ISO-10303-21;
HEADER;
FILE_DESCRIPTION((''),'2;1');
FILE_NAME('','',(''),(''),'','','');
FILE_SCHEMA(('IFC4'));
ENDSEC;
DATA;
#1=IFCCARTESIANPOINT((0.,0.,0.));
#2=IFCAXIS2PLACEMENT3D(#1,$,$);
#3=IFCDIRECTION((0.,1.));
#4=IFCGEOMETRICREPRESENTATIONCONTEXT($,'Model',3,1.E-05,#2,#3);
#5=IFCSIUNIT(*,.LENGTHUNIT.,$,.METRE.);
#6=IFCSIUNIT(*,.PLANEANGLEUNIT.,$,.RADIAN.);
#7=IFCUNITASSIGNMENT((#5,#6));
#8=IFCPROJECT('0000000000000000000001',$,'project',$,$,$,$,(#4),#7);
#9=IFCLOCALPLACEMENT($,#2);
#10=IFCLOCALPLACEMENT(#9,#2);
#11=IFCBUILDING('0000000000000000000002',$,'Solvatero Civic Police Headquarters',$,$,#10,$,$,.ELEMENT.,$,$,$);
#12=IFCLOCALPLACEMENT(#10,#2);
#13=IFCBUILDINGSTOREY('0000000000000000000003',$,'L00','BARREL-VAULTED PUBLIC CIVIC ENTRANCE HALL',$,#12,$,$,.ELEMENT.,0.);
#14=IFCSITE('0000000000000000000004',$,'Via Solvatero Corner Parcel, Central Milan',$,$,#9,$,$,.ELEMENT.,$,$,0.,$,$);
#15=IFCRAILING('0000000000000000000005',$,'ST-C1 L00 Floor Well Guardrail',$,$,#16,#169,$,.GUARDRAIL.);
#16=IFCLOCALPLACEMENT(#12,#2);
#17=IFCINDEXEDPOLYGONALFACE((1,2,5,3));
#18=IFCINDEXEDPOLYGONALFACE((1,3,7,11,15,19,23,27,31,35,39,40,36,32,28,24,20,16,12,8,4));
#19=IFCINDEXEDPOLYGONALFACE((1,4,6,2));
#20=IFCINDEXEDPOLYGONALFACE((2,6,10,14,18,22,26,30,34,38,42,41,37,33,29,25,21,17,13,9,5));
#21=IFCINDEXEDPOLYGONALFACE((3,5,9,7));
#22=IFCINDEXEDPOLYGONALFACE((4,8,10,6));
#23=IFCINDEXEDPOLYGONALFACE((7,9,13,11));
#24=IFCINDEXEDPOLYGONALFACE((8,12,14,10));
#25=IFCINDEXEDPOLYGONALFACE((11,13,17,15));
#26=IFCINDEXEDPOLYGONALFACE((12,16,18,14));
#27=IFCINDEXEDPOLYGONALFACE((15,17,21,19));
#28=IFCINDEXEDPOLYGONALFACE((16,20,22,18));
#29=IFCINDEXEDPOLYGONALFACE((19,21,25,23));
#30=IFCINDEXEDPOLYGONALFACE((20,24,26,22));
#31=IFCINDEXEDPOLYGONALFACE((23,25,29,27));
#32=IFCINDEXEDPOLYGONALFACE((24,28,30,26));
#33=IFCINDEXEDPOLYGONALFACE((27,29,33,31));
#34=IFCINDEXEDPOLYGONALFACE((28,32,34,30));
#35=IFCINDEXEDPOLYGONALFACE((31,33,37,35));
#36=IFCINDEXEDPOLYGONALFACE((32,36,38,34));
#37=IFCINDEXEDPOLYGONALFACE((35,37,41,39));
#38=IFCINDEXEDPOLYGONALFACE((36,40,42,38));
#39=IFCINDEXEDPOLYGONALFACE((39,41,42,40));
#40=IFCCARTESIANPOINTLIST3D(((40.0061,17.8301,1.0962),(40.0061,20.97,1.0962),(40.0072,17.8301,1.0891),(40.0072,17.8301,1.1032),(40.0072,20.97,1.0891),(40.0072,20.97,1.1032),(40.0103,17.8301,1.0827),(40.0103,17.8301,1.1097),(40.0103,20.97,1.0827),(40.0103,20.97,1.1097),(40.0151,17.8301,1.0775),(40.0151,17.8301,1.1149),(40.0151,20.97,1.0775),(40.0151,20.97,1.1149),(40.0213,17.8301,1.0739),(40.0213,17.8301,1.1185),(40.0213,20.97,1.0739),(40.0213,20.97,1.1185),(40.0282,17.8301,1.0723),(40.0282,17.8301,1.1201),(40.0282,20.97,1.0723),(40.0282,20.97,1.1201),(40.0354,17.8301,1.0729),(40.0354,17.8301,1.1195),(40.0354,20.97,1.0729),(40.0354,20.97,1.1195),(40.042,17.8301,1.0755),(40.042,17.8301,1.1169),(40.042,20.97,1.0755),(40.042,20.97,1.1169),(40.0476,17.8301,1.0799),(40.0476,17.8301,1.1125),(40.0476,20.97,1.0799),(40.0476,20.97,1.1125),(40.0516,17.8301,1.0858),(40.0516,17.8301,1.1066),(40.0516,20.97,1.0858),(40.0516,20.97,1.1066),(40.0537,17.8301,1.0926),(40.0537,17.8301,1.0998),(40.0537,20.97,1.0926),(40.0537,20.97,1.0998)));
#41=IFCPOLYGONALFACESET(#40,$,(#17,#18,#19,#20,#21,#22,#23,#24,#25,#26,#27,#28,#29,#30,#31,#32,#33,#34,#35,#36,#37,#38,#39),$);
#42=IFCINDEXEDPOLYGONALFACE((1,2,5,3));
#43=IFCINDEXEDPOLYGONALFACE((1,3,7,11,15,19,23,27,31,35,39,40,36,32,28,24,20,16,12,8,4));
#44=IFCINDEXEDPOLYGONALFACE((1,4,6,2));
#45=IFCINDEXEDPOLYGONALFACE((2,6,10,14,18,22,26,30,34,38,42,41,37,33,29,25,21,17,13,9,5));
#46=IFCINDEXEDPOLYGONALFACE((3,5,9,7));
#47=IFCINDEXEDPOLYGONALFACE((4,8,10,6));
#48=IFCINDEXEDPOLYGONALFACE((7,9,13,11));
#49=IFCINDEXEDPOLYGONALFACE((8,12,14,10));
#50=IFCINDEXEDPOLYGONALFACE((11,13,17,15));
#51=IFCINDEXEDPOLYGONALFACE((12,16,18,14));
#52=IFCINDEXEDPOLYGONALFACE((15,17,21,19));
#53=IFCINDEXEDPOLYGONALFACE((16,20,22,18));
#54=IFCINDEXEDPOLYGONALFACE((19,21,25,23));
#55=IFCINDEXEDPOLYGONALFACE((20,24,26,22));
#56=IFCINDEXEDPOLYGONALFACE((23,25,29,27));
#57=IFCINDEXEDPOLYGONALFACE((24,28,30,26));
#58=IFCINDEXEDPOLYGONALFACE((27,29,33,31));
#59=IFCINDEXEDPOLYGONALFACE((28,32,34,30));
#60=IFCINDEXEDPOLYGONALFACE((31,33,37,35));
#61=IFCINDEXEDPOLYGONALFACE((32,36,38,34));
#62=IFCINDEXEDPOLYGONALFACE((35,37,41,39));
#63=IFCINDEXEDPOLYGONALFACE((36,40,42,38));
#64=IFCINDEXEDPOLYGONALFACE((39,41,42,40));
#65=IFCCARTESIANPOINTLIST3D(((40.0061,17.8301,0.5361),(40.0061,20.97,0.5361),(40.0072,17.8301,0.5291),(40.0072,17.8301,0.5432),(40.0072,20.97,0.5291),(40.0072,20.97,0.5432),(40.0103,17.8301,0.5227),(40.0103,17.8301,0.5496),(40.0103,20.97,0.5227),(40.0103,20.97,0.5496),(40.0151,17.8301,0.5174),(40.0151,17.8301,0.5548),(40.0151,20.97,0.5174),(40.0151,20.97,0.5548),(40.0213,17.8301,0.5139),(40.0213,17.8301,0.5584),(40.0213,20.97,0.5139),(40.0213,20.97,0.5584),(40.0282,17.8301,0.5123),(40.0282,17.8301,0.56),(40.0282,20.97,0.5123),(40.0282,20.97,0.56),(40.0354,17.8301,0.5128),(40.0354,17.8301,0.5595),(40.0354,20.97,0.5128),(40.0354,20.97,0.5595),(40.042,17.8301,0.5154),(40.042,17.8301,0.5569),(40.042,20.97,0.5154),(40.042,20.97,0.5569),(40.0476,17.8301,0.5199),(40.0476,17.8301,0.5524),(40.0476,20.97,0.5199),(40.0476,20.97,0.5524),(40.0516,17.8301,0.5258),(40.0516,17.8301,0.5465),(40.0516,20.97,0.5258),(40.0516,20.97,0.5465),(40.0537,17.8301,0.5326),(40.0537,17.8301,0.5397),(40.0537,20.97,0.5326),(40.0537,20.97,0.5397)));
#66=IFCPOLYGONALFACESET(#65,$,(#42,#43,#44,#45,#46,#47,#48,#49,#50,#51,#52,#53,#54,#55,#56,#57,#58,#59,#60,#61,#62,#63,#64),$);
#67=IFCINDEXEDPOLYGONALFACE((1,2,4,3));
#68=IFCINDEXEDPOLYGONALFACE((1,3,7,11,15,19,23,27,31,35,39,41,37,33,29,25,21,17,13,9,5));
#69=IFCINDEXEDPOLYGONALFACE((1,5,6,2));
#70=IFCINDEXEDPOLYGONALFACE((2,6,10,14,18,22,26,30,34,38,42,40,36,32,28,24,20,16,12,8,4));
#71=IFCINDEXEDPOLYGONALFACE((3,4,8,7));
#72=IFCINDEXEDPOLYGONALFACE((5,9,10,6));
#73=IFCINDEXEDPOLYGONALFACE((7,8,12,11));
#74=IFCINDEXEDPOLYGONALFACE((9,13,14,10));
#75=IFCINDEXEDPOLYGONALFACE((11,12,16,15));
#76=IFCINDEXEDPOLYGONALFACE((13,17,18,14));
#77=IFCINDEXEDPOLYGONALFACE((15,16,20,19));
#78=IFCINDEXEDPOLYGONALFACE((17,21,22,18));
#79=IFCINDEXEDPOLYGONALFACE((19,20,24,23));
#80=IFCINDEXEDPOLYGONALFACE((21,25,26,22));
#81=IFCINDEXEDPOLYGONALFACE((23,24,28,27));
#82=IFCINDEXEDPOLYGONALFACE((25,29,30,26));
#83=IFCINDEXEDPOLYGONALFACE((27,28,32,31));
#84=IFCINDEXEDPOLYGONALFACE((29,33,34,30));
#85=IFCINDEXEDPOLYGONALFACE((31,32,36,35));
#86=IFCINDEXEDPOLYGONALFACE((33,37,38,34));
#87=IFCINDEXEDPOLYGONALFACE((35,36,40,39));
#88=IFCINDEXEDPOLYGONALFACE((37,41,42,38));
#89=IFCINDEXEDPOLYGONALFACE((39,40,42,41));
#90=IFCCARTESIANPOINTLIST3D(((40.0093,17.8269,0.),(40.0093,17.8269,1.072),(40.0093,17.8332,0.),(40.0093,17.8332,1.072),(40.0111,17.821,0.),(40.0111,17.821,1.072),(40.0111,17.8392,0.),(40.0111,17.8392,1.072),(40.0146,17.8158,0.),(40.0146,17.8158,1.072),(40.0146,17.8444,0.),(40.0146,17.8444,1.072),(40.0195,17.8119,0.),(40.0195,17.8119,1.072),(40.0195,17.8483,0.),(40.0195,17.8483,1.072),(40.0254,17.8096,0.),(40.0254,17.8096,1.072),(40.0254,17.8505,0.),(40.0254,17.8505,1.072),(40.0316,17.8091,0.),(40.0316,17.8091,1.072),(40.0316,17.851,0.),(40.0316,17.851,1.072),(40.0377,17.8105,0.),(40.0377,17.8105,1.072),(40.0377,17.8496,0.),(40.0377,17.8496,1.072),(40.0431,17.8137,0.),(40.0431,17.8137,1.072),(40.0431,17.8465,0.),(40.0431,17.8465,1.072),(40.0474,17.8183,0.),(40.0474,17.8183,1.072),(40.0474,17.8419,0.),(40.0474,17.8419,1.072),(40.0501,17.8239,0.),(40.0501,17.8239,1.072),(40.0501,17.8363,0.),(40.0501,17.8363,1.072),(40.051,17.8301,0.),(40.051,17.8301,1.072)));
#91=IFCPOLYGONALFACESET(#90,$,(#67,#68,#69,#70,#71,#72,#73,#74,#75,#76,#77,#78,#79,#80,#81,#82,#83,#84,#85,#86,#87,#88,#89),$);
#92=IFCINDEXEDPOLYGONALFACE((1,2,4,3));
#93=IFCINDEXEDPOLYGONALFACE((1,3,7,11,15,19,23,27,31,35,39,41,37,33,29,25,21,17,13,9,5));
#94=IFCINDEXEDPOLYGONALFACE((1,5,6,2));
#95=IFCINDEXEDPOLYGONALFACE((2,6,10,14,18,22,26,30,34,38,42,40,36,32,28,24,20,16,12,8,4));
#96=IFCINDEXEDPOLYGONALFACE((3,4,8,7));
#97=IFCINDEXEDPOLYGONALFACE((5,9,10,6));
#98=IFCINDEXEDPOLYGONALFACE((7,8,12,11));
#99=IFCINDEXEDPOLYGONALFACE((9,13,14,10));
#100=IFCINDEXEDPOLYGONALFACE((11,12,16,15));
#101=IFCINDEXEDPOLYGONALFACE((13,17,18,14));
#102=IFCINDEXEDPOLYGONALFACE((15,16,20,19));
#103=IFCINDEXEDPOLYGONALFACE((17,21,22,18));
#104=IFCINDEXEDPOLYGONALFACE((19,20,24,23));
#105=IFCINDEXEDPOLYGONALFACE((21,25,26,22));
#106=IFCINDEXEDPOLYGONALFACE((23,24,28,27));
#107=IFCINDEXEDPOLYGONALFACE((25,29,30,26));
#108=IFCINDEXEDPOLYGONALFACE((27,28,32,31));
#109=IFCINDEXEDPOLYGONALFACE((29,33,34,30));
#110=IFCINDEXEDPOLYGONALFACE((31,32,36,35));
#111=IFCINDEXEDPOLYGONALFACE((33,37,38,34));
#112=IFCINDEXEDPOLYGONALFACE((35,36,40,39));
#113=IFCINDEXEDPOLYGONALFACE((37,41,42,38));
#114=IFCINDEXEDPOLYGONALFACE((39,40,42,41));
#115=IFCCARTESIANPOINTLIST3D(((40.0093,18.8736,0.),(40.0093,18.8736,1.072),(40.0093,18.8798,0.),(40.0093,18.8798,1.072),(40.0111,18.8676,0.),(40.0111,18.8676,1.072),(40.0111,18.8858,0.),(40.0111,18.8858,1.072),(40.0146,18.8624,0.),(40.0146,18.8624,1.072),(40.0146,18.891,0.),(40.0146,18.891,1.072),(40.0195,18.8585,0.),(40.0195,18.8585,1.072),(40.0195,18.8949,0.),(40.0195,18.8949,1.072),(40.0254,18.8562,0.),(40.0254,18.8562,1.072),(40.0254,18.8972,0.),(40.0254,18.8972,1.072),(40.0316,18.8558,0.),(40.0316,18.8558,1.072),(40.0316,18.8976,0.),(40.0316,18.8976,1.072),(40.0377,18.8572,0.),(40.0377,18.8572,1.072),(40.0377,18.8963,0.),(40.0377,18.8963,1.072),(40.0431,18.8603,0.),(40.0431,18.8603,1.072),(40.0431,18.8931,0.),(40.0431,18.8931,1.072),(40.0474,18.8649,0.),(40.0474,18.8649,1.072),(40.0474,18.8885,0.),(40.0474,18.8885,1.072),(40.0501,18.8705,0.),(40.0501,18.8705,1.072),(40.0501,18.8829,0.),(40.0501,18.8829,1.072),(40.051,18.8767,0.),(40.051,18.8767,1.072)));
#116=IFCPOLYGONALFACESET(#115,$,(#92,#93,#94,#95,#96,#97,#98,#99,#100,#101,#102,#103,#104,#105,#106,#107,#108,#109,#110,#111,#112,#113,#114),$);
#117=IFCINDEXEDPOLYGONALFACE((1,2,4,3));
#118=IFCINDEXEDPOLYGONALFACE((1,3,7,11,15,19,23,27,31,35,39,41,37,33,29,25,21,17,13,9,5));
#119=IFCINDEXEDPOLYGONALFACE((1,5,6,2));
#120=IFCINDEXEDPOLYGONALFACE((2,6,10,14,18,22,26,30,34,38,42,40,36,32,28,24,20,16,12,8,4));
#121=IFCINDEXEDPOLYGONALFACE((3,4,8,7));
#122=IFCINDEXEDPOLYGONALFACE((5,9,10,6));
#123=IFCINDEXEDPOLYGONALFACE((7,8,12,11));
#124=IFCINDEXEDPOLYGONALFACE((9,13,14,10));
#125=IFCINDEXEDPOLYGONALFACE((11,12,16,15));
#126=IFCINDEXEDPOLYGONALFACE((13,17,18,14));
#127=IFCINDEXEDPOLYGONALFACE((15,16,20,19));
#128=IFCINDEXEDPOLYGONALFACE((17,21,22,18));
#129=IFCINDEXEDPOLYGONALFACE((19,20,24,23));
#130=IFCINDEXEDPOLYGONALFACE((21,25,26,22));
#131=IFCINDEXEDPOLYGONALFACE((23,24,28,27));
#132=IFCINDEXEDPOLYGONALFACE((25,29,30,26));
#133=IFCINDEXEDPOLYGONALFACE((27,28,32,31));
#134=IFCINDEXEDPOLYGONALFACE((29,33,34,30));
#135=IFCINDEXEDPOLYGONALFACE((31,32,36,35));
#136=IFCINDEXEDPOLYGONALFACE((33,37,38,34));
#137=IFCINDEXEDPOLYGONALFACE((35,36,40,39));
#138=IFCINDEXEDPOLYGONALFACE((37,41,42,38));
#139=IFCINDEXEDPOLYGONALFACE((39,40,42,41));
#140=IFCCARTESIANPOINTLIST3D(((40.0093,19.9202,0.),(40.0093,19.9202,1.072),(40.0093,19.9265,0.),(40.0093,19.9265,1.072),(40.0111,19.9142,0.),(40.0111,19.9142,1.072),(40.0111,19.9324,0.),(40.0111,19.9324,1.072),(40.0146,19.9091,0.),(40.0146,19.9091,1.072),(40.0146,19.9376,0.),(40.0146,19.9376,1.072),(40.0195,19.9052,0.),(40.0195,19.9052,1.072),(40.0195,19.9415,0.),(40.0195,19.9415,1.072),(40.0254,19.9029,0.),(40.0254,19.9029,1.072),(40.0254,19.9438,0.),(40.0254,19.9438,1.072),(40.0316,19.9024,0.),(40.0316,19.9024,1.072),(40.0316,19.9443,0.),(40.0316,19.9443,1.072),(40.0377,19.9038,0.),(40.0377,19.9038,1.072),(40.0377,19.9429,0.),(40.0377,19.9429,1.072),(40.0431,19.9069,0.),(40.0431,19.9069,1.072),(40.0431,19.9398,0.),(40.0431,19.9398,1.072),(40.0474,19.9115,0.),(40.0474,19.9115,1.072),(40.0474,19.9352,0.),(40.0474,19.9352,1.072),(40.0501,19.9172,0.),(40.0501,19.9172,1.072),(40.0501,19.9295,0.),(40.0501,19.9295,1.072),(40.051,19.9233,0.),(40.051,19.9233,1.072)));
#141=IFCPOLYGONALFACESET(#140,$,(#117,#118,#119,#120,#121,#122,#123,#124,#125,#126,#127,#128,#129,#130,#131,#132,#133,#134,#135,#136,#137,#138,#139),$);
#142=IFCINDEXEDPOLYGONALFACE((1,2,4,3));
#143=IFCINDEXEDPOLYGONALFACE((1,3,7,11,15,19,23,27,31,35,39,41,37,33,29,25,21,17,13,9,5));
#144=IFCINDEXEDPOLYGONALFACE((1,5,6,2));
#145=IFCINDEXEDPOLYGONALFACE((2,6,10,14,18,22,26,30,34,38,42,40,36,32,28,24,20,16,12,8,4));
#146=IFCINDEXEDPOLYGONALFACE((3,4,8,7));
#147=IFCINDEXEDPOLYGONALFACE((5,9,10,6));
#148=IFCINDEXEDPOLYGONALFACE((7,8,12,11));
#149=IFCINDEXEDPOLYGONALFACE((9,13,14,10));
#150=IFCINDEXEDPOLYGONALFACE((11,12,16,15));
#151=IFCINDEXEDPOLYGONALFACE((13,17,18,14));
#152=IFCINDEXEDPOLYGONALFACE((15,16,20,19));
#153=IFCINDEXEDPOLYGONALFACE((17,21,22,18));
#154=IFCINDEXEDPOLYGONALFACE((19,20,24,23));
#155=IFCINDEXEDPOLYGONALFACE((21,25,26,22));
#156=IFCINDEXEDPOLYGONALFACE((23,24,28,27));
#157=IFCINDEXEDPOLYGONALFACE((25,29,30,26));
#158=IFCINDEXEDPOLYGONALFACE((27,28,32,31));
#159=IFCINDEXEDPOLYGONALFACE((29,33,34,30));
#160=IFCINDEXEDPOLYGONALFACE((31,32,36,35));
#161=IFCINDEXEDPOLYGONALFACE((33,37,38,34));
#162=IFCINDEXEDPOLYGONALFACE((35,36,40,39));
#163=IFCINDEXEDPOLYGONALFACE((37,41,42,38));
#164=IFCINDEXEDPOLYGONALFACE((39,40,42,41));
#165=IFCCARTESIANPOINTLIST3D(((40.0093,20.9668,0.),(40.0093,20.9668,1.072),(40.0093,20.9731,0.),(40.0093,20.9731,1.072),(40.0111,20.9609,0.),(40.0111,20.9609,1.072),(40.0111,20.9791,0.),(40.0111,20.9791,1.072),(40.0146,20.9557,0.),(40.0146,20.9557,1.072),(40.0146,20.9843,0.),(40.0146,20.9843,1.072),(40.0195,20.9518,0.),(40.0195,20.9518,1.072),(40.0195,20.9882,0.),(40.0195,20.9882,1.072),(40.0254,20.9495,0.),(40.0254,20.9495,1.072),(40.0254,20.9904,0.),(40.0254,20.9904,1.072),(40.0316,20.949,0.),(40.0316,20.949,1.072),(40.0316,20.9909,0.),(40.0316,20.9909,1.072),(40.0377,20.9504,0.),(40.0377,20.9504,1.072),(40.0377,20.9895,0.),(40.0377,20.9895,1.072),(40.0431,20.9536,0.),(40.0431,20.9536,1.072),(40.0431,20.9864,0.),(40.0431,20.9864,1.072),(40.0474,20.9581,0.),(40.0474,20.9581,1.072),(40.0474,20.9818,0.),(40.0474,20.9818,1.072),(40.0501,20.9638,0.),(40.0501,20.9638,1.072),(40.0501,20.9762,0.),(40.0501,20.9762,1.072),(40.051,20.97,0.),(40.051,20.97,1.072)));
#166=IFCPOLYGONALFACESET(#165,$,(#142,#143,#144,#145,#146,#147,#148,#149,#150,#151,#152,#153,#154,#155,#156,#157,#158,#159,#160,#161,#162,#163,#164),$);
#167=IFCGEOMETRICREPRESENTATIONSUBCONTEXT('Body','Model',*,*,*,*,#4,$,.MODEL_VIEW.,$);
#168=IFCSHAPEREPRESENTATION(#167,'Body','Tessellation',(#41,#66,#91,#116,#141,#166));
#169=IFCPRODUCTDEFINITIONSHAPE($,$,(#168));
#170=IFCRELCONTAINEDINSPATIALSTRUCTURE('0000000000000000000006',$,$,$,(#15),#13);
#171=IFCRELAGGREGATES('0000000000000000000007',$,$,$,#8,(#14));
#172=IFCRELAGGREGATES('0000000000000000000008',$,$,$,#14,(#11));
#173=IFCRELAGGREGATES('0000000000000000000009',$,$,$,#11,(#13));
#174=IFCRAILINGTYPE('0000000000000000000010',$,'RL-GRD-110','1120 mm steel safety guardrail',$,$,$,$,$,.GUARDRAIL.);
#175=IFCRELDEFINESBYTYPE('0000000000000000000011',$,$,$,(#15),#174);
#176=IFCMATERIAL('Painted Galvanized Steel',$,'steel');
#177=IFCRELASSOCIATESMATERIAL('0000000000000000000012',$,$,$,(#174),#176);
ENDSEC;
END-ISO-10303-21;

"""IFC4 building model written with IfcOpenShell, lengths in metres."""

from ifc_helpers import new_model, si_unit, direction, frame, origin, origin_2d, place, context, subcontext, project, spatial, circle, extrude, material, type_object, element, save


model = new_model("IFC4")

# Units and contexts
model_context = context("Model", 3, precision=1e-05, world=origin(), true_north=direction((0.0, 1.0)))
body_context = subcontext(model_context, "Body", "Model", "MODEL_VIEW")
ifc_project = project(units=[si_unit("LENGTHUNIT", "METRE"), si_unit("PLANEANGLEUNIT", "RADIAN")], contexts=[model_context])

# Site, building, storey
site_placement = place(None, origin())
site = spatial("IfcSite", under=ifc_project, at=site_placement, Name="Via Solvatero Corner Parcel, Central Milan", CompositionType="ELEMENT", RefElevation=0.0)
building_placement = place(site_placement, origin())
building = spatial("IfcBuilding", under=site, at=building_placement, Name="Solvatero Civic Police Headquarters", CompositionType="ELEMENT")
storey_placement = place(building_placement, origin())
storey = spatial("IfcBuildingStorey", under=building, at=storey_placement, Name="L00", Description="BARREL-VAULTED PUBLIC CIVIC ENTRANCE HALL", CompositionType="ELEMENT", Elevation=0.0)

# Railing
ifc_material_1 = material(Name="Painted Galvanized Steel", Category="steel")
railing_type_1 = type_object("IfcRailingType", Name="RL-GRD-110", Description="1120 mm steel safety guardrail", PredefinedType="GUARDRAIL", material=ifc_material_1)
railing_1_placement = place(storey_placement, frame((40.03, 17.8301, 0.0)))
element("IfcRailing", 1, at=railing_1_placement, inside=storey, type_object=railing_type_1, Name="ST-C1 L00 Floor Well Guardrail", PredefinedType="GUARDRAIL", context=body_context, shape_type="SweptSolid", body=[
    extrude(circle(Radius=0.0239, at=origin_2d()), frame((0.0, 0.0, 1.0962), z_axis=(0.0, 1.0, 0.0), x_axis=(-1.0, 0.0, 0.0)), (0.0, 0.0, 1.0), 3.1399),
    extrude(circle(Radius=0.0239, at=origin_2d()), frame((0.0, 0.0, 0.5361), z_axis=(0.0, 1.0, 0.0), x_axis=(-1.0, 0.0, 0.0)), (0.0, 0.0, 1.0), 3.1399),
    extrude(circle(Radius=0.021, at=origin_2d()), origin(), (0.0, 0.0, 1.0), 1.072),
    extrude(circle(Radius=0.021, at=origin_2d()), frame((0.0, 1.0466, 0.0)), (0.0, 0.0, 1.0), 1.072),
    extrude(circle(Radius=0.021, at=origin_2d()), frame((0.0, 2.0933, 0.0)), (0.0, 0.0, 1.0), 1.072),
    extrude(circle(Radius=0.021, at=origin_2d()), frame((0.0, 3.1399, 0.0)), (0.0, 0.0, 1.0), 1.072),
])

save(model, "model.ifc")
